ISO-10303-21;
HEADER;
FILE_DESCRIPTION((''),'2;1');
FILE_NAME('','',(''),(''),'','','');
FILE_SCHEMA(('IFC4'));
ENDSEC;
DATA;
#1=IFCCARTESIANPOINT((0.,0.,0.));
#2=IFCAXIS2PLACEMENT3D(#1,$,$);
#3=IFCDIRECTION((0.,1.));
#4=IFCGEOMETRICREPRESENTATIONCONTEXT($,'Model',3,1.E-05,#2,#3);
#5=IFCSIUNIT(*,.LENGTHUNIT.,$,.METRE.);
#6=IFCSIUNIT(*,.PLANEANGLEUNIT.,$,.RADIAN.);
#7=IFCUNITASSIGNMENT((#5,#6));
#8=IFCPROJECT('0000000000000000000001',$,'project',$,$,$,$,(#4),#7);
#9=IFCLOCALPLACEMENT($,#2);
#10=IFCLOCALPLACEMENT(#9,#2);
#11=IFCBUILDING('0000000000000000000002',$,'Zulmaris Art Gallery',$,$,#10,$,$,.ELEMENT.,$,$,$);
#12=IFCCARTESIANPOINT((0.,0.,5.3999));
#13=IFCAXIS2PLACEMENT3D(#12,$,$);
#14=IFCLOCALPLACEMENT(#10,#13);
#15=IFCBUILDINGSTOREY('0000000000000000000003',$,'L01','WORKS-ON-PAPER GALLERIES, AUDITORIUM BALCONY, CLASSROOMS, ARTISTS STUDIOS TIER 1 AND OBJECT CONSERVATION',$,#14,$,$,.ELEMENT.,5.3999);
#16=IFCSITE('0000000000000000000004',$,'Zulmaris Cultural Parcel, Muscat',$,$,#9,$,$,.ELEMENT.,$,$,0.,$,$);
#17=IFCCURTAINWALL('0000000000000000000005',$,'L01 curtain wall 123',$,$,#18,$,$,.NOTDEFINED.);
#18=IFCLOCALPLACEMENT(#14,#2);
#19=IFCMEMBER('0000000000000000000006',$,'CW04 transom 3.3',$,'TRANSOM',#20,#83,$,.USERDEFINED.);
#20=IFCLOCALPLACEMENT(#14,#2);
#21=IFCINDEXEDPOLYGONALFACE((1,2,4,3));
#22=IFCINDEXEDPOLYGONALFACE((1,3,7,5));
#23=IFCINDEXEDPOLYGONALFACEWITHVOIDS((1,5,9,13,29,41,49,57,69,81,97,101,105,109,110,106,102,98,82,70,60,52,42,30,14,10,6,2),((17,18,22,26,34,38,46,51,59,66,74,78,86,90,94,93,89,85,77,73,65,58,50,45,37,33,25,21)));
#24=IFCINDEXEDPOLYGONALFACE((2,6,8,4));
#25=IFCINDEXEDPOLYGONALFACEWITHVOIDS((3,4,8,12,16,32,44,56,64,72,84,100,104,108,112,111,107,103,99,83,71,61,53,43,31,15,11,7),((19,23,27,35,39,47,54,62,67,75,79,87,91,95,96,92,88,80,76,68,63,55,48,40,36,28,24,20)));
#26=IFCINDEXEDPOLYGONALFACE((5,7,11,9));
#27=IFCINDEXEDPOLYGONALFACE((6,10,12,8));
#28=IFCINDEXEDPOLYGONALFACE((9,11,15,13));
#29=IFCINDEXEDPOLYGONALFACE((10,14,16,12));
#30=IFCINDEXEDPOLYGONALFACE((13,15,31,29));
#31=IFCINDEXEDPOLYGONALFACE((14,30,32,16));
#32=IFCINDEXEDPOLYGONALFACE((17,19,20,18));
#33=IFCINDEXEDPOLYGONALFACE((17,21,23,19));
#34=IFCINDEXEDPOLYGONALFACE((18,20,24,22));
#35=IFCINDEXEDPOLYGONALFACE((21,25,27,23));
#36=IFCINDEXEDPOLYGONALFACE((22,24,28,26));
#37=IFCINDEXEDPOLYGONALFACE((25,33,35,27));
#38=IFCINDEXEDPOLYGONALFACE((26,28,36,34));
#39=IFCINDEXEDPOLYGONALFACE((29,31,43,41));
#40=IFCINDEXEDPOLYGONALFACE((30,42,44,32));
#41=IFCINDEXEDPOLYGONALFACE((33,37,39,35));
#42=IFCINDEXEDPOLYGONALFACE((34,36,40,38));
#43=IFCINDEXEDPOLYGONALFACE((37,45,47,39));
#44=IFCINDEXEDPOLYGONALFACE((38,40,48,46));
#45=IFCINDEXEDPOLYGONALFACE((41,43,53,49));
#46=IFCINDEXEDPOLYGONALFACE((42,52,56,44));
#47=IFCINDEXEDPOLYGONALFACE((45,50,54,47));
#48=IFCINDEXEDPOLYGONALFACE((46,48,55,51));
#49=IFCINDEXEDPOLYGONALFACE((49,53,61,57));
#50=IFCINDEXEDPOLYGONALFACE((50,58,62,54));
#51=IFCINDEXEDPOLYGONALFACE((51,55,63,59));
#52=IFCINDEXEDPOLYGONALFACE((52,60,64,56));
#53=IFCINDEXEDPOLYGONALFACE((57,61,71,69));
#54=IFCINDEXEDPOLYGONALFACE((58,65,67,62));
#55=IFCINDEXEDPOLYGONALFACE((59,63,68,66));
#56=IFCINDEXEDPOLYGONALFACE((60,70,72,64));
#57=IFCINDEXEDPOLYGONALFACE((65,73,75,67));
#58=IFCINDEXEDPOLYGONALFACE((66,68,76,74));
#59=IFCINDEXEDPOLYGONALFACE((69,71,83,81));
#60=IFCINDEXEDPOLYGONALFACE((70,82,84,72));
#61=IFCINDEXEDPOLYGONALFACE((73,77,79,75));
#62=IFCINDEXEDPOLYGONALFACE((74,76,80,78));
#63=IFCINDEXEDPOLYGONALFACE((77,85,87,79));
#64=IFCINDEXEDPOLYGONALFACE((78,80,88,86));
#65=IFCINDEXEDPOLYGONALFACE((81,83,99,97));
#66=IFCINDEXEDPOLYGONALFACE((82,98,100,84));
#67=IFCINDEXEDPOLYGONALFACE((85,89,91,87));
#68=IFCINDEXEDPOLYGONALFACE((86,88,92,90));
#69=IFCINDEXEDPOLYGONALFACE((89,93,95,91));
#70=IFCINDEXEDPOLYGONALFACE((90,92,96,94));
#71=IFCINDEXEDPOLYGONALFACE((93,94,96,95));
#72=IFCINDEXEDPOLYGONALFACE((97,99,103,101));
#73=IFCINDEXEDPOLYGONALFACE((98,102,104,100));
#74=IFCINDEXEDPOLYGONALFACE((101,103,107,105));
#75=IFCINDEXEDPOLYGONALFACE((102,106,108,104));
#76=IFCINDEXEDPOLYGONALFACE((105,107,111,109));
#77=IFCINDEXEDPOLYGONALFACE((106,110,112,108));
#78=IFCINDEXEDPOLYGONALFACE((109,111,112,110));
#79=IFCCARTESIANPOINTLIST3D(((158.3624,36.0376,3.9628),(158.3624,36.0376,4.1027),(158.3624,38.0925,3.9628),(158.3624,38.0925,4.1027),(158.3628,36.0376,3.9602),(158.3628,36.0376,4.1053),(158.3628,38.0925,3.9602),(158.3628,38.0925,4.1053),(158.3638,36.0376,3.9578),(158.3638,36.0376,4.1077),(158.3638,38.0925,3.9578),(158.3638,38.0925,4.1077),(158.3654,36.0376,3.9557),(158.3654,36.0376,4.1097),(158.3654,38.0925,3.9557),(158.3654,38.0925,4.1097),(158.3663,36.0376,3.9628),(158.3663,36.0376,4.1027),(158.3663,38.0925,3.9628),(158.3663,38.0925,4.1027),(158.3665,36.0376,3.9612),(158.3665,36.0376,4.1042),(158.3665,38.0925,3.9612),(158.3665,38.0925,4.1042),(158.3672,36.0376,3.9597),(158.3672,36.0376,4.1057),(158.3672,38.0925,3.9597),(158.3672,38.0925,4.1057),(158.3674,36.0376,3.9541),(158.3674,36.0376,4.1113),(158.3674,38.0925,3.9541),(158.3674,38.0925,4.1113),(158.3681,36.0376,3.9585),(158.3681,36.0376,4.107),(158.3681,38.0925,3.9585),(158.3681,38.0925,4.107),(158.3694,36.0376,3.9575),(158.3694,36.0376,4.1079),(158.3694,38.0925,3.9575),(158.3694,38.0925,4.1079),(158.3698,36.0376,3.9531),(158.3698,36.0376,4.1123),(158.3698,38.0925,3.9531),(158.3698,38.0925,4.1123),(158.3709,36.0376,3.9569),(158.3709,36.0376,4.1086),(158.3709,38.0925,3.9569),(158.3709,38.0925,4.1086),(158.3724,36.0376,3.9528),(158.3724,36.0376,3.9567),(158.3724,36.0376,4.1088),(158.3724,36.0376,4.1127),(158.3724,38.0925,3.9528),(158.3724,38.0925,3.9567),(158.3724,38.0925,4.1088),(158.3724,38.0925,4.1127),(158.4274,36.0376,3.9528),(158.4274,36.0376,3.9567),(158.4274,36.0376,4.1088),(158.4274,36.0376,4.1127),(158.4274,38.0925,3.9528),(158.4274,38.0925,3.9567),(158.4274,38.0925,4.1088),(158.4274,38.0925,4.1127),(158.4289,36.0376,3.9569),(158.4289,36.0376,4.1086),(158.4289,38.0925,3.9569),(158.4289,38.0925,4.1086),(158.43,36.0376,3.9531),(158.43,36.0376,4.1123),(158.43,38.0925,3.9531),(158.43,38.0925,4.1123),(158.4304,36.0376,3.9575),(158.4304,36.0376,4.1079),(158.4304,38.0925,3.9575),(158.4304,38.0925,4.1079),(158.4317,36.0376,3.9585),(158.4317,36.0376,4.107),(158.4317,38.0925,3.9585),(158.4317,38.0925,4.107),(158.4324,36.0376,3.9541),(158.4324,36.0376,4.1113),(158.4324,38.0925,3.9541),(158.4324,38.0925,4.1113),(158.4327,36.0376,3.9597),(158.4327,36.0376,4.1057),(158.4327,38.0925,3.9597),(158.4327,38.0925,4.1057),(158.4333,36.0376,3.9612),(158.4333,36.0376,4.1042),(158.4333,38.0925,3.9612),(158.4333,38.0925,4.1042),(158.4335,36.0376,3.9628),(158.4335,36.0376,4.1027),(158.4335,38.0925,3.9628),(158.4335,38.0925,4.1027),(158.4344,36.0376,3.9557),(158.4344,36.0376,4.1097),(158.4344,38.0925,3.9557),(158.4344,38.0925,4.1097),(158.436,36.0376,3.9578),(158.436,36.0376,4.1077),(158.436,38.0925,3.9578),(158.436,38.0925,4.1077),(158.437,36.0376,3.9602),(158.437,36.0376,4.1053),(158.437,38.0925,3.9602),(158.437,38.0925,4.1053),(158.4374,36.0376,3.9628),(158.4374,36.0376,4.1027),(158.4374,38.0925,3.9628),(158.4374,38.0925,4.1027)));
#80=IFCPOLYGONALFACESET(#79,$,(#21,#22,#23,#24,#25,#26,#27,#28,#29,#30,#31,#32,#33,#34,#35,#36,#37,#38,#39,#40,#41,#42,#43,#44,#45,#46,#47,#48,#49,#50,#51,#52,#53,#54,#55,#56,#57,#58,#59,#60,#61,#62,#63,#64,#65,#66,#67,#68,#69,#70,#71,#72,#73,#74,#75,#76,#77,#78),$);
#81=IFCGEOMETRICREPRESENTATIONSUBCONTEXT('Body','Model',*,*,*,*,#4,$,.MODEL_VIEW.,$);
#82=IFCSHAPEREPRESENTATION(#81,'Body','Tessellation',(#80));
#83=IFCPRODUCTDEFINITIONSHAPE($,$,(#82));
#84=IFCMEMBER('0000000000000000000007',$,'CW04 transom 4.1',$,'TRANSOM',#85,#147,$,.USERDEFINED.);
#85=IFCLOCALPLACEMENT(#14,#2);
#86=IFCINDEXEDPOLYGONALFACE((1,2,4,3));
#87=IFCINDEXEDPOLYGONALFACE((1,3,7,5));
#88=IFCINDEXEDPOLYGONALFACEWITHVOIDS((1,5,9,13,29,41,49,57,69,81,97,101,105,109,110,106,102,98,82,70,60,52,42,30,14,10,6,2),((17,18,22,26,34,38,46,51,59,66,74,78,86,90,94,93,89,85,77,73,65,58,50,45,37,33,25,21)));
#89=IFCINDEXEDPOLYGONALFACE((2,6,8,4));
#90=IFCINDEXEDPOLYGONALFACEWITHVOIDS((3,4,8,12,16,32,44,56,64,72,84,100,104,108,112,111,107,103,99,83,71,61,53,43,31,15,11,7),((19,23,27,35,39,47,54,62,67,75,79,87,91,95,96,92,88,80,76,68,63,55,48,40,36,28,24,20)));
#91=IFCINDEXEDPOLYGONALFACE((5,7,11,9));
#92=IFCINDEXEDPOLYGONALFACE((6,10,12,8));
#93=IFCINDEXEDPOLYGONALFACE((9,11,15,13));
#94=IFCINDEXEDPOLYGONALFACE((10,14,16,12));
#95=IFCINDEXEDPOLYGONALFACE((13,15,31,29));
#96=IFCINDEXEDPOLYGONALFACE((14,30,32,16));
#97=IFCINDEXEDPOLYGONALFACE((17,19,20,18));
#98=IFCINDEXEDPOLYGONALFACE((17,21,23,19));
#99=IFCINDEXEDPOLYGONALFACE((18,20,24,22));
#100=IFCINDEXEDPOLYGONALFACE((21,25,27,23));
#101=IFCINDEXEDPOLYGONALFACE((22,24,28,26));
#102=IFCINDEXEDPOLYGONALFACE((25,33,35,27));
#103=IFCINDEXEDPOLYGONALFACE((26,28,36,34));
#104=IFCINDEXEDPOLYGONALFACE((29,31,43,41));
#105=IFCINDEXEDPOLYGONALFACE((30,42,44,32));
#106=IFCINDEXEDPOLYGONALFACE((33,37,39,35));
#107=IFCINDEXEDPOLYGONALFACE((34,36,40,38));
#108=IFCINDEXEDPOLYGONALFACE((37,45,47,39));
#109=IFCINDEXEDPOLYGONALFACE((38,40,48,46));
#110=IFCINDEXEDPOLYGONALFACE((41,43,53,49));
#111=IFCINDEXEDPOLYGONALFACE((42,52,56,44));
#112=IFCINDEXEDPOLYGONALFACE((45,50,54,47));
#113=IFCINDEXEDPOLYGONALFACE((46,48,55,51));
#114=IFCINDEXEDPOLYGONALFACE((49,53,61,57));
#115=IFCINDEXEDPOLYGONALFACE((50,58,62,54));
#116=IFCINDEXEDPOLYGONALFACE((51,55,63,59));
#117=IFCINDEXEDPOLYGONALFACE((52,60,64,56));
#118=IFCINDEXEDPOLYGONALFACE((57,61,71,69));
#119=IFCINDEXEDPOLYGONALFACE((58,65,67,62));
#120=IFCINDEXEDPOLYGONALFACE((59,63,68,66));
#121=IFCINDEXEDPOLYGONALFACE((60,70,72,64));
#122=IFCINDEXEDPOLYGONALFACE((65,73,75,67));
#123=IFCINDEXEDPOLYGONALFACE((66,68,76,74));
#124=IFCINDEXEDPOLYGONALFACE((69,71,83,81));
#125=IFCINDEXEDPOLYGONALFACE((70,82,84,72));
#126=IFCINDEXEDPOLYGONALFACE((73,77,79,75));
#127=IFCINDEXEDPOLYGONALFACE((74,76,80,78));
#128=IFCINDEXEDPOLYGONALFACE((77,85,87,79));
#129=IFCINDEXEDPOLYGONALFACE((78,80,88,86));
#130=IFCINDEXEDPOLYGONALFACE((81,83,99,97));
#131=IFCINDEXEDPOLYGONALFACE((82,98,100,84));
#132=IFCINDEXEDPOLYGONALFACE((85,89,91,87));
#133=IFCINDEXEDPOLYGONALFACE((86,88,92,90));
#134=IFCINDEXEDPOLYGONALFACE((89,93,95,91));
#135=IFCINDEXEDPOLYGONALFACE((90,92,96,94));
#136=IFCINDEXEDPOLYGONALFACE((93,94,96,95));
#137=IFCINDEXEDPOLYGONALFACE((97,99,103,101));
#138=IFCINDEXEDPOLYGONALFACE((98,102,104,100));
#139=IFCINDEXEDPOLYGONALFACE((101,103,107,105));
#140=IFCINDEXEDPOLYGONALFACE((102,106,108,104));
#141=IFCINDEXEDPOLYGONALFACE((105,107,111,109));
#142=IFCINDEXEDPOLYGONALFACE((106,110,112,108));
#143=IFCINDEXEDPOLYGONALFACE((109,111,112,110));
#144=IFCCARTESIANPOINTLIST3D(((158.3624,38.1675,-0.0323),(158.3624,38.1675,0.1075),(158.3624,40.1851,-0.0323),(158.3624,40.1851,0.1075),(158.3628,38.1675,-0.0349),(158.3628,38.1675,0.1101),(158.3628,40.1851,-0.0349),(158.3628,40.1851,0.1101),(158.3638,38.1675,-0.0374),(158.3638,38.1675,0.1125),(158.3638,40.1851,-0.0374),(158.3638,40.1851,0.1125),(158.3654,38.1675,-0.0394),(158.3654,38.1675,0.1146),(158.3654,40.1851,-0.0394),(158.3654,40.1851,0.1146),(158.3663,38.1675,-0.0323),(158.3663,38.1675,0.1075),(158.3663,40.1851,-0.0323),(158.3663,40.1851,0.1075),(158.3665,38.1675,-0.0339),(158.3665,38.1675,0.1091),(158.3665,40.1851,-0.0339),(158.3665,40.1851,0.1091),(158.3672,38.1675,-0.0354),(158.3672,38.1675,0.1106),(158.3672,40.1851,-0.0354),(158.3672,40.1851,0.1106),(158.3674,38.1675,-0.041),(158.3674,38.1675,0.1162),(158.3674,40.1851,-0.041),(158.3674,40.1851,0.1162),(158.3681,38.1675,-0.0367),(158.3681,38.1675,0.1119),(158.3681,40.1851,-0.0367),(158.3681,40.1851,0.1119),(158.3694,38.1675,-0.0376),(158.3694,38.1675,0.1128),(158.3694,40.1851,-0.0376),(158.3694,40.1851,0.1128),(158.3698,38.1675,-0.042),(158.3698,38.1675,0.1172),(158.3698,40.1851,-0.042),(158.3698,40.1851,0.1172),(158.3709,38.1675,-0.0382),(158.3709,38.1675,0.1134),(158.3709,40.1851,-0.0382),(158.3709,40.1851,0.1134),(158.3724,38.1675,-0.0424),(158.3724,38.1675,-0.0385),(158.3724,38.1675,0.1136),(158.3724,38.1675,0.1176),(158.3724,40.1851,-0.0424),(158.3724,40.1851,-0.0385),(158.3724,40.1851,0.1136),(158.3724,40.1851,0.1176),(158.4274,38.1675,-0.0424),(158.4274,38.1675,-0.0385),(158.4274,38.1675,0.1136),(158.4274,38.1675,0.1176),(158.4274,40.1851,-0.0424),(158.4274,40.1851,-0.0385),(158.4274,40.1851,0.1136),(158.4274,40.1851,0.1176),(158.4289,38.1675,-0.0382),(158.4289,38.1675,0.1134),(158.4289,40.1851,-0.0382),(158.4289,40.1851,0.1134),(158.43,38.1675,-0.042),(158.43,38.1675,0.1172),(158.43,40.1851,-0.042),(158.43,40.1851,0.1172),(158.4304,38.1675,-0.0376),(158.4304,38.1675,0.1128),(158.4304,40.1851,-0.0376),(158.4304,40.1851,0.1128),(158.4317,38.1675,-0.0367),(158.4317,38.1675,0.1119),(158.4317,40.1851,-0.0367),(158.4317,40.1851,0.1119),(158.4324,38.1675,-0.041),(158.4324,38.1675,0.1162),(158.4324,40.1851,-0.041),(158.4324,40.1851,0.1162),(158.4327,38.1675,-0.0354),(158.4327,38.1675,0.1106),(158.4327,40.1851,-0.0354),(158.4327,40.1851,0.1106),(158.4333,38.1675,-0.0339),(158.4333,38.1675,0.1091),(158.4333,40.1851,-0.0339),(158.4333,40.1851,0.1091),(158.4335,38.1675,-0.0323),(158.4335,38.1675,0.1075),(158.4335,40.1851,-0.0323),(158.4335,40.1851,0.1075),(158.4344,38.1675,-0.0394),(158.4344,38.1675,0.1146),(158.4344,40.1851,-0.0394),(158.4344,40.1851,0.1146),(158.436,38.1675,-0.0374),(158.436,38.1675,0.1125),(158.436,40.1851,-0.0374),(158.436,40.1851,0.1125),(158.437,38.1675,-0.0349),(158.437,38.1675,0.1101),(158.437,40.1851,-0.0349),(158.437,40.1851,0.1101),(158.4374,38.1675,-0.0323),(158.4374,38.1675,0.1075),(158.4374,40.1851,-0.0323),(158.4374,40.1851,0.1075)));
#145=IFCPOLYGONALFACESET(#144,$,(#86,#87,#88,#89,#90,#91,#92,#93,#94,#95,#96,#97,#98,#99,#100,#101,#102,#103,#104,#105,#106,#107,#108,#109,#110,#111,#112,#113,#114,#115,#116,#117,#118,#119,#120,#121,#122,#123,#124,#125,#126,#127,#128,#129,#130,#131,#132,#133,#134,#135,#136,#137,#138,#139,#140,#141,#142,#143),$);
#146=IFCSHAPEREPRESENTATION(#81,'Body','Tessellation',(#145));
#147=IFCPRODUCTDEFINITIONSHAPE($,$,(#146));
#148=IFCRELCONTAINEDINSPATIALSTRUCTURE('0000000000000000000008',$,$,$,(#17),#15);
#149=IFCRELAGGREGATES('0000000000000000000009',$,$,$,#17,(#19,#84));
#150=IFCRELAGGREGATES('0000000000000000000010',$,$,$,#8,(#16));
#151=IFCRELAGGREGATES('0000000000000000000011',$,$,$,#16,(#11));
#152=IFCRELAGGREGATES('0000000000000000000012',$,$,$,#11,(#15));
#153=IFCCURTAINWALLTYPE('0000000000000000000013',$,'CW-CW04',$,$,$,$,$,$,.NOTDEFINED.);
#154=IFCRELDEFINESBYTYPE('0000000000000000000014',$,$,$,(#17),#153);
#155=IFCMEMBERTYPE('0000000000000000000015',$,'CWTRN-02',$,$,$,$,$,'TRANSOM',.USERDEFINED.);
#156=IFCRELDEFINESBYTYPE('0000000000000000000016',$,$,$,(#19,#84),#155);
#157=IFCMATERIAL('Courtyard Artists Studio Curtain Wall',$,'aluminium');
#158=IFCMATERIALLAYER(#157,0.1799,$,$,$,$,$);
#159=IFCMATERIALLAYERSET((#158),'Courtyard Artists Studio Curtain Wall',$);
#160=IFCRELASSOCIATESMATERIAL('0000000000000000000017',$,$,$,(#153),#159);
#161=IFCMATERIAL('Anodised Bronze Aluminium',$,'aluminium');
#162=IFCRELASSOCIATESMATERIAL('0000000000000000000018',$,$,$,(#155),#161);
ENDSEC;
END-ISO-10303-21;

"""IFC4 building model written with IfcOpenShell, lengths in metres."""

from ifc_helpers import new_model, si_unit, direction, frame, origin, origin_2d, place, context, subcontext, project, spatial, hollow_rectangle, extrude, material, layer, layer_set, material_profile, profile_set, type_object, element, aggregate, save


model = new_model("IFC4")

# Units and contexts
model_context = context("Model", 3, precision=1e-05, world=origin(), true_north=direction((0.0, 1.0)))
body_context = subcontext(model_context, "Body", "Model", "MODEL_VIEW")
ifc_project = project(units=[si_unit("LENGTHUNIT", "METRE"), si_unit("PLANEANGLEUNIT", "RADIAN")], contexts=[model_context])

# Site, building, storey
site_placement = place(None, origin())
site = spatial("IfcSite", under=ifc_project, at=site_placement, Name="Zulmaris Cultural Parcel, Muscat", CompositionType="ELEMENT", RefElevation=0.0)
building_placement = place(site_placement, origin())
building = spatial("IfcBuilding", under=site, at=building_placement, Name="Zulmaris Art Gallery", CompositionType="ELEMENT")
storey_placement = place(building_placement, frame((0.0, 0.0, 5.3999)))
storey = spatial("IfcBuildingStorey", under=building, at=storey_placement, Name="L01", Description="WORKS-ON-PAPER GALLERIES, AUDITORIUM BALCONY, CLASSROOMS, ARTISTS STUDIOS TIER 1 AND OBJECT CONSERVATION", CompositionType="ELEMENT", Elevation=5.3999)

# Curtain wall
ifc_material_1 = material(Name="Courtyard Artists Studio Curtain Wall", Category="aluminium")
ifc_layer_1 = layer(ifc_material_1, 0.1799)
ifc_layer_set_1 = layer_set([ifc_layer_1], Name="Courtyard Artists Studio Curtain Wall")
curtain_wall_type = type_object("IfcCurtainWallType", Name="CW-CW04", PredefinedType="NOTDEFINED", material=ifc_layer_set_1)
curtain_wall_1_placement = place(storey_placement, origin())
curtain_wall_1 = element("IfcCurtainWall", 1, at=curtain_wall_1_placement, inside=storey, type_object=curtain_wall_type, Name="L01 curtain wall 123", PredefinedType="NOTDEFINED")
ifc_material_2 = material(Name="Anodised Bronze Aluminium", Category="aluminium")

# Members
ifc_material_profile_1 = material_profile(ifc_material_2, hollow_rectangle(XDim=0.075, YDim=0.1599, WallThickness=0.0039, InnerFilletRadius=0.0061, OuterFilletRadius=0.01, at=origin_2d()), Name="ALU 75x160x4")
ifc_profile_set_1 = profile_set([ifc_material_profile_1], Name="Anodised Bronze Aluminium")
member_type_1 = type_object("IfcMemberType", Name="CWTRN-02", ElementType="TRANSOM", PredefinedType="USERDEFINED", material=ifc_profile_set_1)
member_1_placement = place(storey_placement, frame((158.3999, 36.0376, 4.0327), z_axis=(0.0, 1.0, 0.0), x_axis=(-1.0, 0.0, 0.0)))
member_1 = element("IfcMember", 2, at=member_1_placement, type_object=member_type_1, Name="CW04 transom 3.3", ObjectType="TRANSOM", PredefinedType="USERDEFINED", context=body_context, shape_type="SweptSolid", body=[
    extrude(hollow_rectangle(XDim=0.075, YDim=0.1599, WallThickness=0.0039, InnerFilletRadius=0.0061, OuterFilletRadius=0.01, at=origin_2d()), origin(), (0.0, 0.0, 1.0), 2.0549),
])
member_2_placement = place(storey_placement, frame((158.3999, 38.1675, 0.0376), z_axis=(0.0, 1.0, 0.0), x_axis=(-1.0, 0.0, 0.0)))
member_2 = element("IfcMember", 3, at=member_2_placement, type_object=member_type_1, Name="CW04 transom 4.1", ObjectType="TRANSOM", PredefinedType="USERDEFINED", context=body_context, shape_type="SweptSolid", body=[
    extrude(hollow_rectangle(XDim=0.075, YDim=0.1599, WallThickness=0.0039, InnerFilletRadius=0.0061, OuterFilletRadius=0.01, at=origin_2d()), origin(), (0.0, 0.0, 1.0), 2.0176),
])

aggregate(curtain_wall_1, [member_1, member_2])

save(model, "model.ifc")
